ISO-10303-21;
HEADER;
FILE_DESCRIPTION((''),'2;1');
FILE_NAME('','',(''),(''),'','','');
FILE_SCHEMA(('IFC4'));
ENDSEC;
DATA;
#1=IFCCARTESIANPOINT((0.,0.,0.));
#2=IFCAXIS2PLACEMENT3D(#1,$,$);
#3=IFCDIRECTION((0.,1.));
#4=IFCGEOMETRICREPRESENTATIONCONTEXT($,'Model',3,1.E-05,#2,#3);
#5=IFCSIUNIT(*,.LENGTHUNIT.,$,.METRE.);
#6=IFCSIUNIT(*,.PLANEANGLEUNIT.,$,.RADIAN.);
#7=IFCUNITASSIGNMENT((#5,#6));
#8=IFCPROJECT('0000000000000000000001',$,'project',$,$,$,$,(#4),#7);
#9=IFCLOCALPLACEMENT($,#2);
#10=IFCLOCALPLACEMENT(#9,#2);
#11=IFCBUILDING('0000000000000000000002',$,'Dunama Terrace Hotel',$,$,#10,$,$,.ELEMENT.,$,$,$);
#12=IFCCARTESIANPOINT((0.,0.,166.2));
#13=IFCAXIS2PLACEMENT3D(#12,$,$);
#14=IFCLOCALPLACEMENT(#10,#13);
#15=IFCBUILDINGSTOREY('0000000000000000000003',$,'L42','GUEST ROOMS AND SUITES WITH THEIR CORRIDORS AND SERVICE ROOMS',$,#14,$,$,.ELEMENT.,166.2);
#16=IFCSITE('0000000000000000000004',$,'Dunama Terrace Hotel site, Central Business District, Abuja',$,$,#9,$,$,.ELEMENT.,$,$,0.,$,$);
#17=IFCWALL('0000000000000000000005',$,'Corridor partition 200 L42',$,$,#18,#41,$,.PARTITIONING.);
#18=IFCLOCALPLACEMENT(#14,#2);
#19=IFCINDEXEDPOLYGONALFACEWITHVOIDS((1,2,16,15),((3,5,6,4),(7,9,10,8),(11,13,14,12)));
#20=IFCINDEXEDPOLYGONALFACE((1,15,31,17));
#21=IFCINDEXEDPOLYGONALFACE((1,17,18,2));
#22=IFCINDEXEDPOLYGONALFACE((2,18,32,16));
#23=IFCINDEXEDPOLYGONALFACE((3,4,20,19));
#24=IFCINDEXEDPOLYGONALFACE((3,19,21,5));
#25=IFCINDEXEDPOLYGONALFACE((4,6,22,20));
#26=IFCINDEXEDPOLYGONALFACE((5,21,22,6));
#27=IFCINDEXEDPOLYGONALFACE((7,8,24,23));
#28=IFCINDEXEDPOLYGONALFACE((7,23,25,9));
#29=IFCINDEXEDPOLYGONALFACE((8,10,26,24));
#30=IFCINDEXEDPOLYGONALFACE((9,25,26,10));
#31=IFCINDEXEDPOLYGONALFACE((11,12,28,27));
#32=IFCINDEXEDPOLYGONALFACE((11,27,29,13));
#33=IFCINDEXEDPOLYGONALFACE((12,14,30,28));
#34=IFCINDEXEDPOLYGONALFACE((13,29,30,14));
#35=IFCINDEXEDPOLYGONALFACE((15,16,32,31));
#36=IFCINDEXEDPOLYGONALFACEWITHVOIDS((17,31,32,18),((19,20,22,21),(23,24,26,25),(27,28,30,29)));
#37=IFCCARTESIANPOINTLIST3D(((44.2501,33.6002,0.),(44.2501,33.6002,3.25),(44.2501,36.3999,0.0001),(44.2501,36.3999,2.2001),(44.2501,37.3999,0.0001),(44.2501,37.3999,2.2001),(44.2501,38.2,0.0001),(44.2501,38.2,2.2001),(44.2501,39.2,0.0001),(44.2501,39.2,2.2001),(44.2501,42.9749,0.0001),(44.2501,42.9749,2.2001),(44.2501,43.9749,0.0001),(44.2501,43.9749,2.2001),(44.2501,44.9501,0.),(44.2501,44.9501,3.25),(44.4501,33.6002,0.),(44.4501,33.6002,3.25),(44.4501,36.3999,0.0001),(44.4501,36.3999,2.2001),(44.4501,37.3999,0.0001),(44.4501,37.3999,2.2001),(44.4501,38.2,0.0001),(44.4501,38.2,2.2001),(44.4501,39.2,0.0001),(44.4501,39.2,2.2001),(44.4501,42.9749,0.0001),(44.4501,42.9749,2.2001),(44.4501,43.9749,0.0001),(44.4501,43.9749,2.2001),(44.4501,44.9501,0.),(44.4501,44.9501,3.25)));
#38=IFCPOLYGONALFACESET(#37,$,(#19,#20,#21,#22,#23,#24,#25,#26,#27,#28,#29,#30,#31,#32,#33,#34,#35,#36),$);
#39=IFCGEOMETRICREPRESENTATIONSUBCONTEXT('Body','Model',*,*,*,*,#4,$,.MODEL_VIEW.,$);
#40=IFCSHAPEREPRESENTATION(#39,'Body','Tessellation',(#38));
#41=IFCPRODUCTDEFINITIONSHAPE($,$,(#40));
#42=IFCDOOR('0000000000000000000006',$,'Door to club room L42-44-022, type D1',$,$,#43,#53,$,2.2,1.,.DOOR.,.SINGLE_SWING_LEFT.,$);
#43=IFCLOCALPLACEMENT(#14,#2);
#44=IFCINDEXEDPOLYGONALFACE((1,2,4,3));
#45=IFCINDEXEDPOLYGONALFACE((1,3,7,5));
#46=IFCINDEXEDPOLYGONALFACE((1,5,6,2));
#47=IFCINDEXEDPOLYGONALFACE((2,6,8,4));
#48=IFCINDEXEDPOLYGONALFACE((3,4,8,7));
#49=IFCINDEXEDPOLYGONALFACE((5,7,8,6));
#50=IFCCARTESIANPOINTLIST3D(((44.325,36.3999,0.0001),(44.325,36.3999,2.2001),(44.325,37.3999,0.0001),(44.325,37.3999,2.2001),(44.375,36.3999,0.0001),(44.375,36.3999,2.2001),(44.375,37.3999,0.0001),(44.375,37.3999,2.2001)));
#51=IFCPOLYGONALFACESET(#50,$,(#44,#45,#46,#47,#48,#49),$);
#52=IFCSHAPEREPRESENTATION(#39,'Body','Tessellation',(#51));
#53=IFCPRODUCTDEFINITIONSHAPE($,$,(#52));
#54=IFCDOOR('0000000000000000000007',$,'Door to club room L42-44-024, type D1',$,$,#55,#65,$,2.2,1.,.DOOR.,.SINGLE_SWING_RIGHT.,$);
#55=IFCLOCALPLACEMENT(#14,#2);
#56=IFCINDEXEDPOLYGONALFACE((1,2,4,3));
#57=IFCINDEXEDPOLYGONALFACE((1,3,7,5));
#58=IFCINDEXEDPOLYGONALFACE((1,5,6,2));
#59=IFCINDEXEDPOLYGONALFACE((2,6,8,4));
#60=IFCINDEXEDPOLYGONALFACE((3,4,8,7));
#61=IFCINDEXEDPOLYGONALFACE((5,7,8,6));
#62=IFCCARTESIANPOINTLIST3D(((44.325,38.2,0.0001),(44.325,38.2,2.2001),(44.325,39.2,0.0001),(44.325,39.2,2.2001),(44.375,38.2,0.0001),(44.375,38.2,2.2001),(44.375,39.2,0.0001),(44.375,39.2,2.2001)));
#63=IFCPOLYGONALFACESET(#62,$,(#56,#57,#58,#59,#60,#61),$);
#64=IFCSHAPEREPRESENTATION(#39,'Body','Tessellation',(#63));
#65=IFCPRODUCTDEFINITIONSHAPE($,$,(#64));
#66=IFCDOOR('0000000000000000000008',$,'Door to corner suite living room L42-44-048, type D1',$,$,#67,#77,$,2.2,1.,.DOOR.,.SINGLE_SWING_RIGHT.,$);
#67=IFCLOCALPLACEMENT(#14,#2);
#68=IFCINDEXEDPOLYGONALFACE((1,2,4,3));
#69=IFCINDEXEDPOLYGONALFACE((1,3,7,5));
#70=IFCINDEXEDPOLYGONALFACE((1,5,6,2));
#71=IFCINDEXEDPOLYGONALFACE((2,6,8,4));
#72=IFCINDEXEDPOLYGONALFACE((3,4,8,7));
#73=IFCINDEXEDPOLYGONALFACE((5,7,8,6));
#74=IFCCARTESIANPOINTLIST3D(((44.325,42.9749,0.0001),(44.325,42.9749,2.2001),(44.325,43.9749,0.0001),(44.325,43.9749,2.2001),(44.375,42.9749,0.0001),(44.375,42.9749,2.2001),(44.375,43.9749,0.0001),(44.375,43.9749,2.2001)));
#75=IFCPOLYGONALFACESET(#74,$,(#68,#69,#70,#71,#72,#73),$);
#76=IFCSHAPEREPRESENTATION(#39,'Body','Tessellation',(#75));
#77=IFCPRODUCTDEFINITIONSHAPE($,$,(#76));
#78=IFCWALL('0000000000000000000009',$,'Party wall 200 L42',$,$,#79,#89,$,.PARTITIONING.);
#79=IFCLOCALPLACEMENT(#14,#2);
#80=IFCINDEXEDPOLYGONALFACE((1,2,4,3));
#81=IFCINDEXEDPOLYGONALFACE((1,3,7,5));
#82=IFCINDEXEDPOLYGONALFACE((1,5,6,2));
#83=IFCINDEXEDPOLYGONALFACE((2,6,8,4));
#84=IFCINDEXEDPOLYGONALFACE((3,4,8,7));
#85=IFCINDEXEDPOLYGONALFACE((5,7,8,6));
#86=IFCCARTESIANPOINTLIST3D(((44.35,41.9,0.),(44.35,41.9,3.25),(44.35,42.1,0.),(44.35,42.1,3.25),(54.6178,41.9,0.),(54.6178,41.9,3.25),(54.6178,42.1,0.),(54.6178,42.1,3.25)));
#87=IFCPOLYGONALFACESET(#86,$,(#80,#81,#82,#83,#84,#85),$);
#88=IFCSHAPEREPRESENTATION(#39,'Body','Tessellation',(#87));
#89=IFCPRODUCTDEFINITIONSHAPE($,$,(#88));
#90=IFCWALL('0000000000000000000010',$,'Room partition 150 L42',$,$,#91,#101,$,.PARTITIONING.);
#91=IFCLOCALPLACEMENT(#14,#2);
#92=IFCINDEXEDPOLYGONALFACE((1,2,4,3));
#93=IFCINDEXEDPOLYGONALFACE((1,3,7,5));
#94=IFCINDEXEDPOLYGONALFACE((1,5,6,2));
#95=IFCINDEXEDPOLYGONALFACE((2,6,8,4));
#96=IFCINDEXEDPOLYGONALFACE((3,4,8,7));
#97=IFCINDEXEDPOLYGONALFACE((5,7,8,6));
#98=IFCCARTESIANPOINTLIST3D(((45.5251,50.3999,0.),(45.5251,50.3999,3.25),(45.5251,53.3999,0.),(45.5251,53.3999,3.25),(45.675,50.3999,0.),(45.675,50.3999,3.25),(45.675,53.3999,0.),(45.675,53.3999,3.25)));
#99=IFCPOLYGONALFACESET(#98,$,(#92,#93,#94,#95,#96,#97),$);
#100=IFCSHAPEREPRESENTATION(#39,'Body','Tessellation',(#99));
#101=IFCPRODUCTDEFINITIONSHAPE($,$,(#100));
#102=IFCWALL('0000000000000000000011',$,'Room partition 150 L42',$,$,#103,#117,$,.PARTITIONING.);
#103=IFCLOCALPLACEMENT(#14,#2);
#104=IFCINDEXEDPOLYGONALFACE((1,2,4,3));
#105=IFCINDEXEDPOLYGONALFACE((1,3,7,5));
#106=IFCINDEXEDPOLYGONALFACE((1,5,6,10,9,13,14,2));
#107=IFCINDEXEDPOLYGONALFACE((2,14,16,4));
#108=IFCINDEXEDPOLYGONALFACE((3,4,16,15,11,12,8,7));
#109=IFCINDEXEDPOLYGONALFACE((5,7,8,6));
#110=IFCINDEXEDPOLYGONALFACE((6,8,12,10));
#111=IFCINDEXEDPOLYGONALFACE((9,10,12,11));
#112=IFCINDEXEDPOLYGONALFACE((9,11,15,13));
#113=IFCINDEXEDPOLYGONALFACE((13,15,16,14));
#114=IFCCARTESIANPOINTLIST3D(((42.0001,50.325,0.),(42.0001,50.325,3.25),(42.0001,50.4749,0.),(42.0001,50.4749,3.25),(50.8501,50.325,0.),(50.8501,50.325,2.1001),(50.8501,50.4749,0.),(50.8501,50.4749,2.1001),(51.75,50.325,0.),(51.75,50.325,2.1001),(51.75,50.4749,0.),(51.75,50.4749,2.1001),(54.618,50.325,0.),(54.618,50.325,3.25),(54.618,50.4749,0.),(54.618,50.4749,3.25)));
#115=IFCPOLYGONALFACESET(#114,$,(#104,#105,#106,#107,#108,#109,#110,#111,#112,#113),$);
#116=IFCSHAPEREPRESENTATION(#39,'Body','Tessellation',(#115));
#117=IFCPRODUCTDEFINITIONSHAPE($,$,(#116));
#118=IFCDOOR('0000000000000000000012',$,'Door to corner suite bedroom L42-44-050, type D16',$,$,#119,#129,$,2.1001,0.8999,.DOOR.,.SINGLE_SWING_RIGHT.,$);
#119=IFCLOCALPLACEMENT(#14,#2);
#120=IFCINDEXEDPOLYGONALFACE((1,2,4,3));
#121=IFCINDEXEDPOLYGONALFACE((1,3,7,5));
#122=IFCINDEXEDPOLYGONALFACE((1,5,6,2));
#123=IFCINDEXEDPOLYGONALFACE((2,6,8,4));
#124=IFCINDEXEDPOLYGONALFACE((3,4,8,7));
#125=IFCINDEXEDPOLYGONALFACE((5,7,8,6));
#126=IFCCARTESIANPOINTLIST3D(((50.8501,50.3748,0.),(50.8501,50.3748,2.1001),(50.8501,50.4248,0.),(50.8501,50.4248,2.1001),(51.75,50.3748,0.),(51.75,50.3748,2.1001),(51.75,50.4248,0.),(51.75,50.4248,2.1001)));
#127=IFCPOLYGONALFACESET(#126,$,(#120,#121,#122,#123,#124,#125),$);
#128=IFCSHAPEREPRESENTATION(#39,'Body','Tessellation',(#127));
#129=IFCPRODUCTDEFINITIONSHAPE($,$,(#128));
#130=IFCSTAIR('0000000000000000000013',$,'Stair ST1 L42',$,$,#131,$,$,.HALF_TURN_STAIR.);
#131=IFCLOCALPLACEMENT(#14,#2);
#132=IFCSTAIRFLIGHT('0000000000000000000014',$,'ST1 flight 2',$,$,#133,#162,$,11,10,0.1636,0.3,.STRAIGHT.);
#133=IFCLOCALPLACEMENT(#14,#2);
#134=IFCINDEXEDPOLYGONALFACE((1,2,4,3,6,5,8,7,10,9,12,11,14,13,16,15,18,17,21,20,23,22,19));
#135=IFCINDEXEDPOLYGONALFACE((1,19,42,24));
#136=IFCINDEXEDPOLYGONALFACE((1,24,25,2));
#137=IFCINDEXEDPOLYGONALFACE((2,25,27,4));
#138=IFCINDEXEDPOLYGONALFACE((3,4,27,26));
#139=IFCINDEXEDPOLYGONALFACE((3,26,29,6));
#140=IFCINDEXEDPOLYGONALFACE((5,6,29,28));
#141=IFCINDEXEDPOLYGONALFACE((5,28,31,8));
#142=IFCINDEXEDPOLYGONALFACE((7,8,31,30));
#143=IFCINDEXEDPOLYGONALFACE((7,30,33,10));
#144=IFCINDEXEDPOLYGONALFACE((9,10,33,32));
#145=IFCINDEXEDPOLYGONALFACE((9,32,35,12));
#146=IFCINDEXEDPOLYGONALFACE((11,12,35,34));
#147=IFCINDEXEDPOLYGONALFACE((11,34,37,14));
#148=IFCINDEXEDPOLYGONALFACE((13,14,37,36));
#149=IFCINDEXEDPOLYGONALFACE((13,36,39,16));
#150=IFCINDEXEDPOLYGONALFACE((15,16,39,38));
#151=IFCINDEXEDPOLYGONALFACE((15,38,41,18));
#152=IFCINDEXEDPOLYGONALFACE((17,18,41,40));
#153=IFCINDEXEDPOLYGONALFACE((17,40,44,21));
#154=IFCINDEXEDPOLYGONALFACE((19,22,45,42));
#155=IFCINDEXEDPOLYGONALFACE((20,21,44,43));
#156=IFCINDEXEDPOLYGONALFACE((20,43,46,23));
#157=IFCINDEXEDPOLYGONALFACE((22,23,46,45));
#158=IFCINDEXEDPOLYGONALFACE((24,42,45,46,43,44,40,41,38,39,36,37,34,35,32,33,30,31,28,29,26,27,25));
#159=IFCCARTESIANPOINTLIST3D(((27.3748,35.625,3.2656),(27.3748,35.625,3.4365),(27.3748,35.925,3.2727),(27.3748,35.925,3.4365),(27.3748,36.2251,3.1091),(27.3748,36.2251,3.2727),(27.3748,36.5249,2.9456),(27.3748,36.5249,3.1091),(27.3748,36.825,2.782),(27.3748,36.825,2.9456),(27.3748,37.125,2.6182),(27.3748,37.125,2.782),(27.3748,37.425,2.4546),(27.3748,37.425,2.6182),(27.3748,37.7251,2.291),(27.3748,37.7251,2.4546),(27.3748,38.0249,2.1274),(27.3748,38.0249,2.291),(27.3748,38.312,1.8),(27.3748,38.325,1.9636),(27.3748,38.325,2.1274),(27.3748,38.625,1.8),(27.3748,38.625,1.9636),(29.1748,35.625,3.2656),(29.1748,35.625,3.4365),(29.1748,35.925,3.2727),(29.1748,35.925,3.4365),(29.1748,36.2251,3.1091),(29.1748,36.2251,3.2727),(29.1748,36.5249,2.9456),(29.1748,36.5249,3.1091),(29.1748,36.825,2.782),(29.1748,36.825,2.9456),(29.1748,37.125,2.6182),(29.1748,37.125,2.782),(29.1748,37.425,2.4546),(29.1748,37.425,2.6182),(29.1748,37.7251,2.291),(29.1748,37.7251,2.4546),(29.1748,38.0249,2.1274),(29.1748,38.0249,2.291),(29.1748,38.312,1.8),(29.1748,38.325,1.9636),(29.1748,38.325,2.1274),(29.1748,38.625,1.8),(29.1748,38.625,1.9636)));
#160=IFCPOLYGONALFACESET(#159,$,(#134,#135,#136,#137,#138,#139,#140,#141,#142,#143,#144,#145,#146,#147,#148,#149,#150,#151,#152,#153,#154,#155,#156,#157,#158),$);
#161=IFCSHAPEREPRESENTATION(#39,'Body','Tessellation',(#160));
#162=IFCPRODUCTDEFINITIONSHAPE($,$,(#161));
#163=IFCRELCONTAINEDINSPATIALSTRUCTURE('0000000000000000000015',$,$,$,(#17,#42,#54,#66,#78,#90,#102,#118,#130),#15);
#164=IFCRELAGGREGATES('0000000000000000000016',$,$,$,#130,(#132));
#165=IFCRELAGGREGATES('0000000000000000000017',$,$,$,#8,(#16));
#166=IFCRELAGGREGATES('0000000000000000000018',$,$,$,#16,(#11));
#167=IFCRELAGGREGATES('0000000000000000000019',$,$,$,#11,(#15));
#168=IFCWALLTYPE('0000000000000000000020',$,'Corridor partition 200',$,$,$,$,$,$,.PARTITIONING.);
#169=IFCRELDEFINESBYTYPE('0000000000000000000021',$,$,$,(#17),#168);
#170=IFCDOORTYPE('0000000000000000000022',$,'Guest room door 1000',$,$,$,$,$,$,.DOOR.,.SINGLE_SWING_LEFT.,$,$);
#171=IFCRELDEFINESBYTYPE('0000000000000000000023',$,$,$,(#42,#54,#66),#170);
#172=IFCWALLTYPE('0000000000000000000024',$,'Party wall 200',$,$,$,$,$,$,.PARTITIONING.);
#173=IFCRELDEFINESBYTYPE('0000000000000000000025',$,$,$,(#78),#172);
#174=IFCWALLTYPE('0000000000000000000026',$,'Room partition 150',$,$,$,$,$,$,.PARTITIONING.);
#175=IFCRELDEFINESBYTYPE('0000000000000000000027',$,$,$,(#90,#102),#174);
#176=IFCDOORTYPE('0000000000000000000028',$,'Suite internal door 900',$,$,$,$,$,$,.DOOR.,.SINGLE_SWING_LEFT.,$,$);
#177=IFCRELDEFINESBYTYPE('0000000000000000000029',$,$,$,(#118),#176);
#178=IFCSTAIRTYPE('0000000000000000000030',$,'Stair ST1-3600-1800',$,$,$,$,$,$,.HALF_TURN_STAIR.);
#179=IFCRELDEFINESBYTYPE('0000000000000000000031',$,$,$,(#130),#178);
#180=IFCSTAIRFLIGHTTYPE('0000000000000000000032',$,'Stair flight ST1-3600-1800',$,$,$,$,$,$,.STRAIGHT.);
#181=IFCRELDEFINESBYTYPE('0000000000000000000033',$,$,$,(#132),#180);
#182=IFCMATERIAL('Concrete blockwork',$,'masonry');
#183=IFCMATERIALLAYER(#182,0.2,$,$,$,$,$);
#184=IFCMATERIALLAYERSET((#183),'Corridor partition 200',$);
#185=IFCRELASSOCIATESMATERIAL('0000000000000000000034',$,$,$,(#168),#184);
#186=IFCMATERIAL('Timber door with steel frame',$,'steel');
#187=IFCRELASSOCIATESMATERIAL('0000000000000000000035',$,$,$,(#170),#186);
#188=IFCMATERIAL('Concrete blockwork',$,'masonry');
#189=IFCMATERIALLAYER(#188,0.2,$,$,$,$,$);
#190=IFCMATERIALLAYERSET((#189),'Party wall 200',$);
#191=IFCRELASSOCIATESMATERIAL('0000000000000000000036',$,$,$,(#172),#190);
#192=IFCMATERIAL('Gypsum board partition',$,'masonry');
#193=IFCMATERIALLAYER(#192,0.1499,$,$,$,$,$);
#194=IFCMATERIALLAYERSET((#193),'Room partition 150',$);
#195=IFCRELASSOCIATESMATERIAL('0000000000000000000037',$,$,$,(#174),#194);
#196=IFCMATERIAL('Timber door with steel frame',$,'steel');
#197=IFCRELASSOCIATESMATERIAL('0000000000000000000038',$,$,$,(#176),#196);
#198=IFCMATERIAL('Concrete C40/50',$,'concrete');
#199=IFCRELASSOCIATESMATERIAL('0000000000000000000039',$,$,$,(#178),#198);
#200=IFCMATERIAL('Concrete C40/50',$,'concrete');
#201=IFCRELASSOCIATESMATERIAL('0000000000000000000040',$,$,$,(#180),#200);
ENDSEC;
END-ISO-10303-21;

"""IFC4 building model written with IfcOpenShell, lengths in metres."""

from ifc_helpers import new_model, si_unit, direction, frame, frame_2d, origin, place, context, subcontext, project, spatial, polyline, rectangle, outline, extrude, material, layer, layer_set, type_object, element, fill, aggregate, save


model = new_model("IFC4")

# Units and contexts
model_context = context("Model", 3, precision=1e-05, world=origin(), true_north=direction((0.0, 1.0)))
body_context = subcontext(model_context, "Body", "Model", "MODEL_VIEW")
ifc_project = project(units=[si_unit("LENGTHUNIT", "METRE"), si_unit("PLANEANGLEUNIT", "RADIAN")], contexts=[model_context])

# Site, building, storey
site_placement = place(None, origin())
site = spatial("IfcSite", under=ifc_project, at=site_placement, Name="Dunama Terrace Hotel site, Central Business District, Abuja", CompositionType="ELEMENT", RefElevation=0.0)
building_placement = place(site_placement, origin())
building = spatial("IfcBuilding", under=site, at=building_placement, Name="Dunama Terrace Hotel", CompositionType="ELEMENT")
storey_placement = place(building_placement, frame((0.0, 0.0, 166.2)))
storey = spatial("IfcBuildingStorey", under=building, at=storey_placement, Name="L42", Description="GUEST ROOMS AND SUITES WITH THEIR CORRIDORS AND SERVICE ROOMS", CompositionType="ELEMENT", Elevation=166.2)

# Shared definitions
ifc_material_1 = material(Name="Concrete blockwork", Category="masonry")
ifc_layer_1 = layer(ifc_material_1, 0.2)
ifc_layer_set_1 = layer_set([ifc_layer_1], Name="Corridor partition 200")
wall_type_1 = type_object("IfcWallType", Name="Corridor partition 200", PredefinedType="PARTITIONING", material=ifc_layer_set_1)

# Wall, openings, doors
wall_1_placement = place(storey_placement, frame((44.3501, 44.95, 0.0), z_axis=(0.0, 0.0, 1.0), x_axis=(0.0, -1.0, 0.0)))
wall_1 = element("IfcWall", 1, at=wall_1_placement, inside=storey, type_object=wall_type_1, Name="Corridor partition 200 L42", PredefinedType="PARTITIONING", context=body_context, shape_type="SweptSolid", body=[
    extrude(rectangle(XDim=11.3499, YDim=0.2, at=frame_2d((5.6748, 0.0))), origin(), (0.0, 0.0, 1.0), 3.25),
])
opening_1_placement = place(wall_1_placement, frame((7.55, 0.0, 0.0)))
opening_1 = element("IfcOpeningElement", 2, at=opening_1_placement, cuts=wall_1, PredefinedType="OPENING", context=body_context, shape_type="SweptSolid", body=[
    extrude(rectangle(XDim=1.0, YDim=2.2, at=frame_2d((0.5, 1.1001))), frame((0.0, 0.1099, 0.0), z_axis=(0.0, -1.0, 0.0), x_axis=(1.0, 0.0, 0.0)), (0.0, 0.0, 1.0), 0.22),
])
opening_2_placement = place(wall_1_placement, frame((5.75, 0.0, 0.0)))
opening_2 = element("IfcOpeningElement", 3, at=opening_2_placement, cuts=wall_1, PredefinedType="OPENING", context=body_context, shape_type="SweptSolid", body=[
    extrude(rectangle(XDim=1.0, YDim=2.2, at=frame_2d((0.5, 1.1001))), frame((0.0, 0.1099, 0.0), z_axis=(0.0, -1.0, 0.0), x_axis=(1.0, 0.0, 0.0)), (0.0, 0.0, 1.0), 0.22),
])
opening_3_placement = place(wall_1_placement, frame((0.9751, 0.0, 0.0)))
opening_3 = element("IfcOpeningElement", 4, at=opening_3_placement, cuts=wall_1, PredefinedType="OPENING", context=body_context, shape_type="SweptSolid", body=[
    extrude(rectangle(XDim=1.0, YDim=2.2, at=frame_2d((0.5, 1.1001))), frame((0.0, 0.1099, 0.0), z_axis=(0.0, -1.0, 0.0), x_axis=(1.0, 0.0, 0.0)), (0.0, 0.0, 1.0), 0.22),
])
ifc_material_2 = material(Name="Timber door with steel frame", Category="steel")
door_type_1 = type_object("IfcDoorType", Name="Guest room door 1000", OperationType="SINGLE_SWING_LEFT", PredefinedType="DOOR", material=ifc_material_2)
door_1_placement = place(opening_1_placement, origin())
door_1 = element("IfcDoor", 5, at=door_1_placement, inside=storey, type_object=door_type_1, Name="Door to club room L42-44-022, type D1", OperationType="SINGLE_SWING_LEFT", OverallHeight=2.2, OverallWidth=1.0, PredefinedType="DOOR", context=body_context, shape_type="SweptSolid", body=[
    extrude(rectangle(XDim=1.0, YDim=2.2, at=frame_2d((0.5, 1.1001))), frame((0.0, 0.0249, 0.0), z_axis=(0.0, -1.0, 0.0), x_axis=(1.0, 0.0, 0.0)), (0.0, 0.0, 1.0), 0.05),
])
fill(opening_1, door_1)
door_2_placement = place(opening_2_placement, origin())
door_2 = element("IfcDoor", 6, at=door_2_placement, inside=storey, type_object=door_type_1, Name="Door to club room L42-44-024, type D1", OperationType="SINGLE_SWING_RIGHT", OverallHeight=2.2, OverallWidth=1.0, PredefinedType="DOOR", context=body_context, shape_type="SweptSolid", body=[
    extrude(rectangle(XDim=1.0, YDim=2.2, at=frame_2d((0.5, 1.1001))), frame((0.0, 0.0249, 0.0), z_axis=(0.0, -1.0, 0.0), x_axis=(1.0, 0.0, 0.0)), (0.0, 0.0, 1.0), 0.05),
])
fill(opening_2, door_2)
door_3_placement = place(opening_3_placement, origin())
door_3 = element("IfcDoor", 7, at=door_3_placement, inside=storey, type_object=door_type_1, Name="Door to corner suite living room L42-44-048, type D1", OperationType="SINGLE_SWING_RIGHT", OverallHeight=2.2, OverallWidth=1.0, PredefinedType="DOOR", context=body_context, shape_type="SweptSolid", body=[
    extrude(rectangle(XDim=1.0, YDim=2.2, at=frame_2d((0.5, 1.1001))), frame((0.0, 0.0249, 0.0), z_axis=(0.0, -1.0, 0.0), x_axis=(1.0, 0.0, 0.0)), (0.0, 0.0, 1.0), 0.05),
])
fill(opening_3, door_3)

# Walls
ifc_material_3 = material(Name="Concrete blockwork", Category="masonry")
ifc_layer_2 = layer(ifc_material_3, 0.2)
ifc_layer_set_2 = layer_set([ifc_layer_2], Name="Party wall 200")
wall_type_2 = type_object("IfcWallType", Name="Party wall 200", PredefinedType="PARTITIONING", material=ifc_layer_set_2)
wall_2_placement = place(storey_placement, frame((44.3501, 42.0, 0.0), z_axis=(0.0, 0.0, 1.0), x_axis=(1.0, 0.0, 0.0)))
element("IfcWall", 8, at=wall_2_placement, inside=storey, type_object=wall_type_2, Name="Party wall 200 L42", PredefinedType="PARTITIONING", context=body_context, shape_type="SweptSolid", body=[
    extrude(rectangle(XDim=10.2678, YDim=0.2, at=frame_2d((5.1338, 0.0))), origin(), (0.0, 0.0, 1.0), 3.25),
])
ifc_material_4 = material(Name="Gypsum board partition", Category="masonry")
ifc_layer_3 = layer(ifc_material_4, 0.1499)
ifc_layer_set_3 = layer_set([ifc_layer_3], Name="Room partition 150")
wall_type_3 = type_object("IfcWallType", Name="Room partition 150", PredefinedType="PARTITIONING", material=ifc_layer_set_3)
wall_3_placement = place(storey_placement, frame((45.6001, 50.3999, 0.0), z_axis=(0.0, 0.0, 1.0), x_axis=(0.0, 1.0, 0.0)))
element("IfcWall", 9, at=wall_3_placement, inside=storey, type_object=wall_type_3, Name="Room partition 150 L42", PredefinedType="PARTITIONING", context=body_context, shape_type="SweptSolid", body=[
    extrude(rectangle(XDim=3.0, YDim=0.1499, at=frame_2d((1.5, 0.0))), origin(), (0.0, 0.0, 1.0), 3.25),
])

# Wall, opening, door
wall_4_placement = place(storey_placement, frame((42.0, 50.3999, 0.0), z_axis=(0.0, 0.0, 1.0), x_axis=(1.0, 0.0, 0.0)))
wall_4 = element("IfcWall", 10, at=wall_4_placement, inside=storey, type_object=wall_type_3, Name="Room partition 150 L42", PredefinedType="PARTITIONING", context=body_context, shape_type="SweptSolid", body=[
    extrude(rectangle(XDim=12.6179, YDim=0.1499, at=frame_2d((6.3091, 0.0))), origin(), (0.0, 0.0, 1.0), 3.25),
])
opening_4_placement = place(wall_4_placement, frame((8.8501, 0.0, 0.0)))
opening_4 = element("IfcOpeningElement", 11, at=opening_4_placement, cuts=wall_4, PredefinedType="OPENING", context=body_context, shape_type="SweptSolid", body=[
    extrude(rectangle(XDim=0.8999, YDim=2.1001, at=frame_2d((0.45, 1.05))), frame((0.0, 0.085, 0.0), z_axis=(0.0, -1.0, 0.0), x_axis=(1.0, 0.0, 0.0)), (0.0, 0.0, 1.0), 0.1699),
])
ifc_material_5 = material(Name="Timber door with steel frame", Category="steel")
door_type_2 = type_object("IfcDoorType", Name="Suite internal door 900", OperationType="SINGLE_SWING_LEFT", PredefinedType="DOOR", material=ifc_material_5)
door_4_placement = place(opening_4_placement, origin())
door_4 = element("IfcDoor", 12, at=door_4_placement, inside=storey, type_object=door_type_2, Name="Door to corner suite bedroom L42-44-050, type D16", OperationType="SINGLE_SWING_RIGHT", OverallHeight=2.1001, OverallWidth=0.8999, PredefinedType="DOOR", context=body_context, shape_type="SweptSolid", body=[
    extrude(rectangle(XDim=0.8999, YDim=2.1001, at=frame_2d((0.45, 1.05))), frame((0.0, 0.0249, 0.0), z_axis=(0.0, -1.0, 0.0), x_axis=(1.0, 0.0, 0.0)), (0.0, 0.0, 1.0), 0.05),
])
fill(opening_4, door_4)

# Stair, stair flight
ifc_material_6 = material(Name="Concrete C40/50", Category="concrete")
stair_type = type_object("IfcStairType", Name="Stair ST1-3600-1800", PredefinedType="HALF_TURN_STAIR", material=ifc_material_6)
stair_placement = place(storey_placement, origin())
stair = element("IfcStair", 13, at=stair_placement, inside=storey, type_object=stair_type, Name="Stair ST1 L42", PredefinedType="HALF_TURN_STAIR")
ifc_material_7 = material(Name="Concrete C40/50", Category="concrete")
stair_flight_type = type_object("IfcStairFlightType", Name="Stair flight ST1-3600-1800", PredefinedType="STRAIGHT", material=ifc_material_7)
stair_flight_placement = place(storey_placement, frame((28.2749, 38.625, 1.8), z_axis=(0.0, 0.0, 1.0), x_axis=(0.0, -1.0, 0.0)))
stair_flight = element("IfcStairFlight", 14, at=stair_flight_placement, type_object=stair_flight_type, Name="ST1 flight 2", NumberOfRisers=11, NumberOfTreads=10, PredefinedType="STRAIGHT", RiserHeight=0.1636, TreadLength=0.3, context=body_context, shape_type="SweptSolid", body=[
    extrude(outline(polyline([(0.0, 0.0), (0.0, 0.1636), (0.3, 0.1636), (0.3, 0.3274), (0.6001, 0.3274), (0.6001, 0.491), (0.8999, 0.491), (0.8999, 0.6545), (1.2, 0.6545), (1.2, 0.8181), (1.5, 0.8181), (1.5, 0.9819), (1.8, 0.9819), (1.8, 1.1455), (2.1001, 1.1455), (2.1001, 1.3091), (2.3999, 1.3091), (2.3999, 1.4727), (2.7, 1.4727), (2.7, 1.6365), (3.0, 1.6365), (3.0, 1.8), (3.0, 1.4656), (0.313, 0.0), (0.0, 0.0)])), frame((0.0, 0.8999, 0.0), z_axis=(0.0, -1.0, 0.0), x_axis=(1.0, 0.0, 0.0)), (0.0, 0.0, 1.0), 1.8),
])
aggregate(stair, [stair_flight])

save(model, "model.ifc")
